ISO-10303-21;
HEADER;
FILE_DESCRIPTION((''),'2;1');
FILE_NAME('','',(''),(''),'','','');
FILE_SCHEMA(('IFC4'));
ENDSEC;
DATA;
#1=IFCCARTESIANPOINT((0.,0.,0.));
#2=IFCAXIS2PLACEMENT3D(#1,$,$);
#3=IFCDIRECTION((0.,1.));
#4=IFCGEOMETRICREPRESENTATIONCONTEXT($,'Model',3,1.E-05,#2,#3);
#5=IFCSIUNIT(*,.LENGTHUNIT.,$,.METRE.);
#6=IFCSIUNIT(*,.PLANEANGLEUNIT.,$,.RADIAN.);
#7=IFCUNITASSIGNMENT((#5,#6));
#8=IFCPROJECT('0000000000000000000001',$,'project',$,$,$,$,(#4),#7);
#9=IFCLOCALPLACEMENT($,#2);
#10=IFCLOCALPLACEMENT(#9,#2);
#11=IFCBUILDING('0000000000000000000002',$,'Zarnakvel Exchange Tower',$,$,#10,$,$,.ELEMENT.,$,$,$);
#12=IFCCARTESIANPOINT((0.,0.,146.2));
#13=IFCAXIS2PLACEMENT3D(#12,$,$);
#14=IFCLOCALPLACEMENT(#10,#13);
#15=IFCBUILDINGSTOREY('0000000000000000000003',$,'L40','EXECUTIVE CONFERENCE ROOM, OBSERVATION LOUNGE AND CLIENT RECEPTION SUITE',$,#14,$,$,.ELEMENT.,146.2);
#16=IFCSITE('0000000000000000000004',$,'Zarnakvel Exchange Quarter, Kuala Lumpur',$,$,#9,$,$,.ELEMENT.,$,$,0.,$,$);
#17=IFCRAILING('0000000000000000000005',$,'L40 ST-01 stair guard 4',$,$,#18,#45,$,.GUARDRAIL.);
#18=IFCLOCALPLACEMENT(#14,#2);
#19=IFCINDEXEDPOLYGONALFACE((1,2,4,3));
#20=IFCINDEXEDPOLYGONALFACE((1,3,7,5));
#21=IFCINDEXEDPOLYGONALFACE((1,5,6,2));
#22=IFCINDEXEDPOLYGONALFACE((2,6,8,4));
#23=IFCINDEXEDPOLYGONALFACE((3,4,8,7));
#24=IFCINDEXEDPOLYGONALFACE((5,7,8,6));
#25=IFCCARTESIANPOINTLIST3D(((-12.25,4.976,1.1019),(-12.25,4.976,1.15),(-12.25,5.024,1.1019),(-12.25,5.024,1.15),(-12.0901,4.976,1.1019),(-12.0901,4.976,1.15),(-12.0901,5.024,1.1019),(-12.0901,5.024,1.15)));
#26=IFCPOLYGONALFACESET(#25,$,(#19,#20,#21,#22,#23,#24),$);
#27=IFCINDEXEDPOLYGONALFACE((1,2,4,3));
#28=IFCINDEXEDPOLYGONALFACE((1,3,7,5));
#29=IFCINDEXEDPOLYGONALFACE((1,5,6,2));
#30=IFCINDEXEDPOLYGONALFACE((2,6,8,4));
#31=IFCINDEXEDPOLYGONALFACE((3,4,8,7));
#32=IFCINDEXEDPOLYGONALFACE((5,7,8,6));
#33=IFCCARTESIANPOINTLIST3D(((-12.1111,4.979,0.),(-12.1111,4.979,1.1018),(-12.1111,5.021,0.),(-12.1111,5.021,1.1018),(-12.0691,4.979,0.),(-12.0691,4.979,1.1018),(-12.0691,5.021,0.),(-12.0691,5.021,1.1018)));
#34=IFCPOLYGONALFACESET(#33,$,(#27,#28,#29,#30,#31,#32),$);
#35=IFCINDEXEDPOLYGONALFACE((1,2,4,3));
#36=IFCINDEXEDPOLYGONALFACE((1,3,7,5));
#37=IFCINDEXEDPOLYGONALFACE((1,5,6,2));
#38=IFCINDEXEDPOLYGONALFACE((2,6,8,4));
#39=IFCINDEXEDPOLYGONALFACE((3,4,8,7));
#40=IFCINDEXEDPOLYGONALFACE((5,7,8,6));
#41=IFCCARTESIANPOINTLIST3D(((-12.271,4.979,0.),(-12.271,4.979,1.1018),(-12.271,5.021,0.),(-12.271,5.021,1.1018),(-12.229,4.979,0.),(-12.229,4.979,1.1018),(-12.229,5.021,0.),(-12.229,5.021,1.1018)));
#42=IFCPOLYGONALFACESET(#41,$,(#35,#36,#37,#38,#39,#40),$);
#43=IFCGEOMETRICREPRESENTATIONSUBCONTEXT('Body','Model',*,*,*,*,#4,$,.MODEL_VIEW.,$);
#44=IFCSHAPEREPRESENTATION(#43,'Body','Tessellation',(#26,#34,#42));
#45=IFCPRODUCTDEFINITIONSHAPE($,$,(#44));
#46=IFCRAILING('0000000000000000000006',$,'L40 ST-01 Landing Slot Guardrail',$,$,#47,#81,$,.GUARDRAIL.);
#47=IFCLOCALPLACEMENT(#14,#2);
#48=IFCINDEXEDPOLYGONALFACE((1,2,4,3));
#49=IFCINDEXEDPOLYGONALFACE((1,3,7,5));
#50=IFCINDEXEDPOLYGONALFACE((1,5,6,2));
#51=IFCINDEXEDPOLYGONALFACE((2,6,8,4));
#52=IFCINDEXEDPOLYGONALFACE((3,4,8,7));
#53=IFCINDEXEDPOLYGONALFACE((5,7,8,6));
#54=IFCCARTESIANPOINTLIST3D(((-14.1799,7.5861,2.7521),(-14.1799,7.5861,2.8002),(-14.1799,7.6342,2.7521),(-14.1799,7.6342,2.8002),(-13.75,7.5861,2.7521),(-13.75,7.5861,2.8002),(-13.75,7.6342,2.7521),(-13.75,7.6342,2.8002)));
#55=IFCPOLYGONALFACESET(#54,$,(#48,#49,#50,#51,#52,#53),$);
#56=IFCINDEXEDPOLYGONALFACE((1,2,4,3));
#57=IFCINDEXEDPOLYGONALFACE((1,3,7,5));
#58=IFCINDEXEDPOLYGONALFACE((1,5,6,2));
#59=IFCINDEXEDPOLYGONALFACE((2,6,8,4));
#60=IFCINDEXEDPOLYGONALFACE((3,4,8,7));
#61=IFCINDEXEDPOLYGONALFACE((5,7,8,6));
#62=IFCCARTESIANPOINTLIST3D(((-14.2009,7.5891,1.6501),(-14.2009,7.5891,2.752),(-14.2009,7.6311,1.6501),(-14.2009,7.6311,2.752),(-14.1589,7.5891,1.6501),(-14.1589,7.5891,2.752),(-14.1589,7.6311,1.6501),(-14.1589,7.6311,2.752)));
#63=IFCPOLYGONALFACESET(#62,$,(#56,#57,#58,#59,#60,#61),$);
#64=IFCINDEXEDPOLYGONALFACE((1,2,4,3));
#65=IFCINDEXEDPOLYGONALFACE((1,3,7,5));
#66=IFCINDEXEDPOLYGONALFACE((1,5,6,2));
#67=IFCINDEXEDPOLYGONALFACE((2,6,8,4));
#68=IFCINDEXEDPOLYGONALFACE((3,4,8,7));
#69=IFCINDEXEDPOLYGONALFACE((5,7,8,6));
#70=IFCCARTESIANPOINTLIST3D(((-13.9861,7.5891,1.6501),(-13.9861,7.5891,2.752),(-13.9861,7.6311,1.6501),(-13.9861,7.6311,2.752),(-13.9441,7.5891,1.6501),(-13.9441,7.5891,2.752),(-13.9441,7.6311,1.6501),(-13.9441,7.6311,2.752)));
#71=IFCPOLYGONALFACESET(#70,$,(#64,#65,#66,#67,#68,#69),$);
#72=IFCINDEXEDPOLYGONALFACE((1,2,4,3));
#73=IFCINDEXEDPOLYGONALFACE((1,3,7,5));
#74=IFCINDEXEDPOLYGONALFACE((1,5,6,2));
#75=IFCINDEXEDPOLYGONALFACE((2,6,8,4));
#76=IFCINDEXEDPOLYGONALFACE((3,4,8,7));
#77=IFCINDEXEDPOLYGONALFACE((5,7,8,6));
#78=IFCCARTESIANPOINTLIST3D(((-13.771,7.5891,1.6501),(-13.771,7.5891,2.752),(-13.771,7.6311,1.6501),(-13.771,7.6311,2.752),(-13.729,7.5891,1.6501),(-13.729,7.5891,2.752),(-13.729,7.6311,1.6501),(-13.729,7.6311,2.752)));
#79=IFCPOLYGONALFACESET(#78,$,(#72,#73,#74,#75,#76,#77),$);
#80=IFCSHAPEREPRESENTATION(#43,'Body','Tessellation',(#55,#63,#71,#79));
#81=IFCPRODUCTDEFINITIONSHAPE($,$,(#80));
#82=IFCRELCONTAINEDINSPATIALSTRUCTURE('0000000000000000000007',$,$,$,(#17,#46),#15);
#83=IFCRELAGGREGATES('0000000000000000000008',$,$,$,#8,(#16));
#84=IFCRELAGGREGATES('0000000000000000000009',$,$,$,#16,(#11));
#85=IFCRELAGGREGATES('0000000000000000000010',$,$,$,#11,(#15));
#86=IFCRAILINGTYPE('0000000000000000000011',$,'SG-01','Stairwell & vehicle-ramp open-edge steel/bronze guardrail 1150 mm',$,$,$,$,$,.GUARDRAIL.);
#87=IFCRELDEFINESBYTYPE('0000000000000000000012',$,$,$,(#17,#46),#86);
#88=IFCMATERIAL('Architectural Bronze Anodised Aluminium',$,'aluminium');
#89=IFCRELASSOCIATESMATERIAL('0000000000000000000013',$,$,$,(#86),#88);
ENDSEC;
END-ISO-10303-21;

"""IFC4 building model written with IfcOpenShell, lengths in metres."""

from ifc_helpers import new_model, si_unit, direction, frame, origin, origin_2d, place, context, subcontext, project, spatial, rectangle, extrude, material, type_object, element, save


model = new_model("IFC4")

# Units and contexts
model_context = context("Model", 3, precision=1e-05, world=origin(), true_north=direction((0.0, 1.0)))
body_context = subcontext(model_context, "Body", "Model", "MODEL_VIEW")
ifc_project = project(units=[si_unit("LENGTHUNIT", "METRE"), si_unit("PLANEANGLEUNIT", "RADIAN")], contexts=[model_context])

# Site, building, storey
site_placement = place(None, origin())
site = spatial("IfcSite", under=ifc_project, at=site_placement, Name="Zarnakvel Exchange Quarter, Kuala Lumpur", CompositionType="ELEMENT", RefElevation=0.0)
building_placement = place(site_placement, origin())
building = spatial("IfcBuilding", under=site, at=building_placement, Name="Zarnakvel Exchange Tower", CompositionType="ELEMENT")
storey_placement = place(building_placement, frame((0.0, 0.0, 146.2)))
storey = spatial("IfcBuildingStorey", under=building, at=storey_placement, Name="L40", Description="EXECUTIVE CONFERENCE ROOM, OBSERVATION LOUNGE AND CLIENT RECEPTION SUITE", CompositionType="ELEMENT", Elevation=146.2)

# Shared definitions
ifc_material_1 = material(Name="Architectural Bronze Anodised Aluminium", Category="aluminium")

# Railings
railing_type_1 = type_object("IfcRailingType", Name="SG-01", Description="Stairwell & vehicle-ramp open-edge steel/bronze guardrail 1150 mm", PredefinedType="GUARDRAIL", material=ifc_material_1)
railing_1_placement = place(storey_placement, frame((-12.0901, 5.0, 0.0)))
element("IfcRailing", 1, at=railing_1_placement, inside=storey, type_object=railing_type_1, Name="L40 ST-01 stair guard 4", PredefinedType="GUARDRAIL", context=body_context, shape_type="SweptSolid", body=[
    extrude(rectangle(XDim=0.0481, YDim=0.0481, at=origin_2d()), frame((0.0, 0.0, 1.126), z_axis=(-1.0, 0.0, 0.0), x_axis=(0.0, -1.0, 0.0)), (0.0, 0.0, 1.0), 0.1599),
    extrude(rectangle(XDim=0.042, YDim=0.042, at=origin_2d()), origin(), (0.0, 0.0, 1.0), 1.1018),
    extrude(rectangle(XDim=0.042, YDim=0.042, at=origin_2d()), frame((-0.1599, 0.0, 0.0)), (0.0, 0.0, 1.0), 1.1018),
])
railing_2_placement = place(storey_placement, frame((-14.1799, 7.6101, 1.6501)))
element("IfcRailing", 2, at=railing_2_placement, inside=storey, type_object=railing_type_1, Name="L40 ST-01 Landing Slot Guardrail", PredefinedType="GUARDRAIL", context=body_context, shape_type="SweptSolid", body=[
    extrude(rectangle(XDim=0.0481, YDim=0.0481, at=origin_2d()), frame((0.0, 0.0, 1.126), z_axis=(1.0, 0.0, 0.0), x_axis=(0.0, 1.0, 0.0)), (0.0, 0.0, 1.0), 0.4299),
    extrude(rectangle(XDim=0.042, YDim=0.042, at=origin_2d()), origin(), (0.0, 0.0, 1.0), 1.1018),
    extrude(rectangle(XDim=0.042, YDim=0.042, at=origin_2d()), frame((0.2148, 0.0, 0.0)), (0.0, 0.0, 1.0), 1.1018),
    extrude(rectangle(XDim=0.042, YDim=0.042, at=origin_2d()), frame((0.4299, 0.0, 0.0)), (0.0, 0.0, 1.0), 1.1018),
])

save(model, "model.ifc")
